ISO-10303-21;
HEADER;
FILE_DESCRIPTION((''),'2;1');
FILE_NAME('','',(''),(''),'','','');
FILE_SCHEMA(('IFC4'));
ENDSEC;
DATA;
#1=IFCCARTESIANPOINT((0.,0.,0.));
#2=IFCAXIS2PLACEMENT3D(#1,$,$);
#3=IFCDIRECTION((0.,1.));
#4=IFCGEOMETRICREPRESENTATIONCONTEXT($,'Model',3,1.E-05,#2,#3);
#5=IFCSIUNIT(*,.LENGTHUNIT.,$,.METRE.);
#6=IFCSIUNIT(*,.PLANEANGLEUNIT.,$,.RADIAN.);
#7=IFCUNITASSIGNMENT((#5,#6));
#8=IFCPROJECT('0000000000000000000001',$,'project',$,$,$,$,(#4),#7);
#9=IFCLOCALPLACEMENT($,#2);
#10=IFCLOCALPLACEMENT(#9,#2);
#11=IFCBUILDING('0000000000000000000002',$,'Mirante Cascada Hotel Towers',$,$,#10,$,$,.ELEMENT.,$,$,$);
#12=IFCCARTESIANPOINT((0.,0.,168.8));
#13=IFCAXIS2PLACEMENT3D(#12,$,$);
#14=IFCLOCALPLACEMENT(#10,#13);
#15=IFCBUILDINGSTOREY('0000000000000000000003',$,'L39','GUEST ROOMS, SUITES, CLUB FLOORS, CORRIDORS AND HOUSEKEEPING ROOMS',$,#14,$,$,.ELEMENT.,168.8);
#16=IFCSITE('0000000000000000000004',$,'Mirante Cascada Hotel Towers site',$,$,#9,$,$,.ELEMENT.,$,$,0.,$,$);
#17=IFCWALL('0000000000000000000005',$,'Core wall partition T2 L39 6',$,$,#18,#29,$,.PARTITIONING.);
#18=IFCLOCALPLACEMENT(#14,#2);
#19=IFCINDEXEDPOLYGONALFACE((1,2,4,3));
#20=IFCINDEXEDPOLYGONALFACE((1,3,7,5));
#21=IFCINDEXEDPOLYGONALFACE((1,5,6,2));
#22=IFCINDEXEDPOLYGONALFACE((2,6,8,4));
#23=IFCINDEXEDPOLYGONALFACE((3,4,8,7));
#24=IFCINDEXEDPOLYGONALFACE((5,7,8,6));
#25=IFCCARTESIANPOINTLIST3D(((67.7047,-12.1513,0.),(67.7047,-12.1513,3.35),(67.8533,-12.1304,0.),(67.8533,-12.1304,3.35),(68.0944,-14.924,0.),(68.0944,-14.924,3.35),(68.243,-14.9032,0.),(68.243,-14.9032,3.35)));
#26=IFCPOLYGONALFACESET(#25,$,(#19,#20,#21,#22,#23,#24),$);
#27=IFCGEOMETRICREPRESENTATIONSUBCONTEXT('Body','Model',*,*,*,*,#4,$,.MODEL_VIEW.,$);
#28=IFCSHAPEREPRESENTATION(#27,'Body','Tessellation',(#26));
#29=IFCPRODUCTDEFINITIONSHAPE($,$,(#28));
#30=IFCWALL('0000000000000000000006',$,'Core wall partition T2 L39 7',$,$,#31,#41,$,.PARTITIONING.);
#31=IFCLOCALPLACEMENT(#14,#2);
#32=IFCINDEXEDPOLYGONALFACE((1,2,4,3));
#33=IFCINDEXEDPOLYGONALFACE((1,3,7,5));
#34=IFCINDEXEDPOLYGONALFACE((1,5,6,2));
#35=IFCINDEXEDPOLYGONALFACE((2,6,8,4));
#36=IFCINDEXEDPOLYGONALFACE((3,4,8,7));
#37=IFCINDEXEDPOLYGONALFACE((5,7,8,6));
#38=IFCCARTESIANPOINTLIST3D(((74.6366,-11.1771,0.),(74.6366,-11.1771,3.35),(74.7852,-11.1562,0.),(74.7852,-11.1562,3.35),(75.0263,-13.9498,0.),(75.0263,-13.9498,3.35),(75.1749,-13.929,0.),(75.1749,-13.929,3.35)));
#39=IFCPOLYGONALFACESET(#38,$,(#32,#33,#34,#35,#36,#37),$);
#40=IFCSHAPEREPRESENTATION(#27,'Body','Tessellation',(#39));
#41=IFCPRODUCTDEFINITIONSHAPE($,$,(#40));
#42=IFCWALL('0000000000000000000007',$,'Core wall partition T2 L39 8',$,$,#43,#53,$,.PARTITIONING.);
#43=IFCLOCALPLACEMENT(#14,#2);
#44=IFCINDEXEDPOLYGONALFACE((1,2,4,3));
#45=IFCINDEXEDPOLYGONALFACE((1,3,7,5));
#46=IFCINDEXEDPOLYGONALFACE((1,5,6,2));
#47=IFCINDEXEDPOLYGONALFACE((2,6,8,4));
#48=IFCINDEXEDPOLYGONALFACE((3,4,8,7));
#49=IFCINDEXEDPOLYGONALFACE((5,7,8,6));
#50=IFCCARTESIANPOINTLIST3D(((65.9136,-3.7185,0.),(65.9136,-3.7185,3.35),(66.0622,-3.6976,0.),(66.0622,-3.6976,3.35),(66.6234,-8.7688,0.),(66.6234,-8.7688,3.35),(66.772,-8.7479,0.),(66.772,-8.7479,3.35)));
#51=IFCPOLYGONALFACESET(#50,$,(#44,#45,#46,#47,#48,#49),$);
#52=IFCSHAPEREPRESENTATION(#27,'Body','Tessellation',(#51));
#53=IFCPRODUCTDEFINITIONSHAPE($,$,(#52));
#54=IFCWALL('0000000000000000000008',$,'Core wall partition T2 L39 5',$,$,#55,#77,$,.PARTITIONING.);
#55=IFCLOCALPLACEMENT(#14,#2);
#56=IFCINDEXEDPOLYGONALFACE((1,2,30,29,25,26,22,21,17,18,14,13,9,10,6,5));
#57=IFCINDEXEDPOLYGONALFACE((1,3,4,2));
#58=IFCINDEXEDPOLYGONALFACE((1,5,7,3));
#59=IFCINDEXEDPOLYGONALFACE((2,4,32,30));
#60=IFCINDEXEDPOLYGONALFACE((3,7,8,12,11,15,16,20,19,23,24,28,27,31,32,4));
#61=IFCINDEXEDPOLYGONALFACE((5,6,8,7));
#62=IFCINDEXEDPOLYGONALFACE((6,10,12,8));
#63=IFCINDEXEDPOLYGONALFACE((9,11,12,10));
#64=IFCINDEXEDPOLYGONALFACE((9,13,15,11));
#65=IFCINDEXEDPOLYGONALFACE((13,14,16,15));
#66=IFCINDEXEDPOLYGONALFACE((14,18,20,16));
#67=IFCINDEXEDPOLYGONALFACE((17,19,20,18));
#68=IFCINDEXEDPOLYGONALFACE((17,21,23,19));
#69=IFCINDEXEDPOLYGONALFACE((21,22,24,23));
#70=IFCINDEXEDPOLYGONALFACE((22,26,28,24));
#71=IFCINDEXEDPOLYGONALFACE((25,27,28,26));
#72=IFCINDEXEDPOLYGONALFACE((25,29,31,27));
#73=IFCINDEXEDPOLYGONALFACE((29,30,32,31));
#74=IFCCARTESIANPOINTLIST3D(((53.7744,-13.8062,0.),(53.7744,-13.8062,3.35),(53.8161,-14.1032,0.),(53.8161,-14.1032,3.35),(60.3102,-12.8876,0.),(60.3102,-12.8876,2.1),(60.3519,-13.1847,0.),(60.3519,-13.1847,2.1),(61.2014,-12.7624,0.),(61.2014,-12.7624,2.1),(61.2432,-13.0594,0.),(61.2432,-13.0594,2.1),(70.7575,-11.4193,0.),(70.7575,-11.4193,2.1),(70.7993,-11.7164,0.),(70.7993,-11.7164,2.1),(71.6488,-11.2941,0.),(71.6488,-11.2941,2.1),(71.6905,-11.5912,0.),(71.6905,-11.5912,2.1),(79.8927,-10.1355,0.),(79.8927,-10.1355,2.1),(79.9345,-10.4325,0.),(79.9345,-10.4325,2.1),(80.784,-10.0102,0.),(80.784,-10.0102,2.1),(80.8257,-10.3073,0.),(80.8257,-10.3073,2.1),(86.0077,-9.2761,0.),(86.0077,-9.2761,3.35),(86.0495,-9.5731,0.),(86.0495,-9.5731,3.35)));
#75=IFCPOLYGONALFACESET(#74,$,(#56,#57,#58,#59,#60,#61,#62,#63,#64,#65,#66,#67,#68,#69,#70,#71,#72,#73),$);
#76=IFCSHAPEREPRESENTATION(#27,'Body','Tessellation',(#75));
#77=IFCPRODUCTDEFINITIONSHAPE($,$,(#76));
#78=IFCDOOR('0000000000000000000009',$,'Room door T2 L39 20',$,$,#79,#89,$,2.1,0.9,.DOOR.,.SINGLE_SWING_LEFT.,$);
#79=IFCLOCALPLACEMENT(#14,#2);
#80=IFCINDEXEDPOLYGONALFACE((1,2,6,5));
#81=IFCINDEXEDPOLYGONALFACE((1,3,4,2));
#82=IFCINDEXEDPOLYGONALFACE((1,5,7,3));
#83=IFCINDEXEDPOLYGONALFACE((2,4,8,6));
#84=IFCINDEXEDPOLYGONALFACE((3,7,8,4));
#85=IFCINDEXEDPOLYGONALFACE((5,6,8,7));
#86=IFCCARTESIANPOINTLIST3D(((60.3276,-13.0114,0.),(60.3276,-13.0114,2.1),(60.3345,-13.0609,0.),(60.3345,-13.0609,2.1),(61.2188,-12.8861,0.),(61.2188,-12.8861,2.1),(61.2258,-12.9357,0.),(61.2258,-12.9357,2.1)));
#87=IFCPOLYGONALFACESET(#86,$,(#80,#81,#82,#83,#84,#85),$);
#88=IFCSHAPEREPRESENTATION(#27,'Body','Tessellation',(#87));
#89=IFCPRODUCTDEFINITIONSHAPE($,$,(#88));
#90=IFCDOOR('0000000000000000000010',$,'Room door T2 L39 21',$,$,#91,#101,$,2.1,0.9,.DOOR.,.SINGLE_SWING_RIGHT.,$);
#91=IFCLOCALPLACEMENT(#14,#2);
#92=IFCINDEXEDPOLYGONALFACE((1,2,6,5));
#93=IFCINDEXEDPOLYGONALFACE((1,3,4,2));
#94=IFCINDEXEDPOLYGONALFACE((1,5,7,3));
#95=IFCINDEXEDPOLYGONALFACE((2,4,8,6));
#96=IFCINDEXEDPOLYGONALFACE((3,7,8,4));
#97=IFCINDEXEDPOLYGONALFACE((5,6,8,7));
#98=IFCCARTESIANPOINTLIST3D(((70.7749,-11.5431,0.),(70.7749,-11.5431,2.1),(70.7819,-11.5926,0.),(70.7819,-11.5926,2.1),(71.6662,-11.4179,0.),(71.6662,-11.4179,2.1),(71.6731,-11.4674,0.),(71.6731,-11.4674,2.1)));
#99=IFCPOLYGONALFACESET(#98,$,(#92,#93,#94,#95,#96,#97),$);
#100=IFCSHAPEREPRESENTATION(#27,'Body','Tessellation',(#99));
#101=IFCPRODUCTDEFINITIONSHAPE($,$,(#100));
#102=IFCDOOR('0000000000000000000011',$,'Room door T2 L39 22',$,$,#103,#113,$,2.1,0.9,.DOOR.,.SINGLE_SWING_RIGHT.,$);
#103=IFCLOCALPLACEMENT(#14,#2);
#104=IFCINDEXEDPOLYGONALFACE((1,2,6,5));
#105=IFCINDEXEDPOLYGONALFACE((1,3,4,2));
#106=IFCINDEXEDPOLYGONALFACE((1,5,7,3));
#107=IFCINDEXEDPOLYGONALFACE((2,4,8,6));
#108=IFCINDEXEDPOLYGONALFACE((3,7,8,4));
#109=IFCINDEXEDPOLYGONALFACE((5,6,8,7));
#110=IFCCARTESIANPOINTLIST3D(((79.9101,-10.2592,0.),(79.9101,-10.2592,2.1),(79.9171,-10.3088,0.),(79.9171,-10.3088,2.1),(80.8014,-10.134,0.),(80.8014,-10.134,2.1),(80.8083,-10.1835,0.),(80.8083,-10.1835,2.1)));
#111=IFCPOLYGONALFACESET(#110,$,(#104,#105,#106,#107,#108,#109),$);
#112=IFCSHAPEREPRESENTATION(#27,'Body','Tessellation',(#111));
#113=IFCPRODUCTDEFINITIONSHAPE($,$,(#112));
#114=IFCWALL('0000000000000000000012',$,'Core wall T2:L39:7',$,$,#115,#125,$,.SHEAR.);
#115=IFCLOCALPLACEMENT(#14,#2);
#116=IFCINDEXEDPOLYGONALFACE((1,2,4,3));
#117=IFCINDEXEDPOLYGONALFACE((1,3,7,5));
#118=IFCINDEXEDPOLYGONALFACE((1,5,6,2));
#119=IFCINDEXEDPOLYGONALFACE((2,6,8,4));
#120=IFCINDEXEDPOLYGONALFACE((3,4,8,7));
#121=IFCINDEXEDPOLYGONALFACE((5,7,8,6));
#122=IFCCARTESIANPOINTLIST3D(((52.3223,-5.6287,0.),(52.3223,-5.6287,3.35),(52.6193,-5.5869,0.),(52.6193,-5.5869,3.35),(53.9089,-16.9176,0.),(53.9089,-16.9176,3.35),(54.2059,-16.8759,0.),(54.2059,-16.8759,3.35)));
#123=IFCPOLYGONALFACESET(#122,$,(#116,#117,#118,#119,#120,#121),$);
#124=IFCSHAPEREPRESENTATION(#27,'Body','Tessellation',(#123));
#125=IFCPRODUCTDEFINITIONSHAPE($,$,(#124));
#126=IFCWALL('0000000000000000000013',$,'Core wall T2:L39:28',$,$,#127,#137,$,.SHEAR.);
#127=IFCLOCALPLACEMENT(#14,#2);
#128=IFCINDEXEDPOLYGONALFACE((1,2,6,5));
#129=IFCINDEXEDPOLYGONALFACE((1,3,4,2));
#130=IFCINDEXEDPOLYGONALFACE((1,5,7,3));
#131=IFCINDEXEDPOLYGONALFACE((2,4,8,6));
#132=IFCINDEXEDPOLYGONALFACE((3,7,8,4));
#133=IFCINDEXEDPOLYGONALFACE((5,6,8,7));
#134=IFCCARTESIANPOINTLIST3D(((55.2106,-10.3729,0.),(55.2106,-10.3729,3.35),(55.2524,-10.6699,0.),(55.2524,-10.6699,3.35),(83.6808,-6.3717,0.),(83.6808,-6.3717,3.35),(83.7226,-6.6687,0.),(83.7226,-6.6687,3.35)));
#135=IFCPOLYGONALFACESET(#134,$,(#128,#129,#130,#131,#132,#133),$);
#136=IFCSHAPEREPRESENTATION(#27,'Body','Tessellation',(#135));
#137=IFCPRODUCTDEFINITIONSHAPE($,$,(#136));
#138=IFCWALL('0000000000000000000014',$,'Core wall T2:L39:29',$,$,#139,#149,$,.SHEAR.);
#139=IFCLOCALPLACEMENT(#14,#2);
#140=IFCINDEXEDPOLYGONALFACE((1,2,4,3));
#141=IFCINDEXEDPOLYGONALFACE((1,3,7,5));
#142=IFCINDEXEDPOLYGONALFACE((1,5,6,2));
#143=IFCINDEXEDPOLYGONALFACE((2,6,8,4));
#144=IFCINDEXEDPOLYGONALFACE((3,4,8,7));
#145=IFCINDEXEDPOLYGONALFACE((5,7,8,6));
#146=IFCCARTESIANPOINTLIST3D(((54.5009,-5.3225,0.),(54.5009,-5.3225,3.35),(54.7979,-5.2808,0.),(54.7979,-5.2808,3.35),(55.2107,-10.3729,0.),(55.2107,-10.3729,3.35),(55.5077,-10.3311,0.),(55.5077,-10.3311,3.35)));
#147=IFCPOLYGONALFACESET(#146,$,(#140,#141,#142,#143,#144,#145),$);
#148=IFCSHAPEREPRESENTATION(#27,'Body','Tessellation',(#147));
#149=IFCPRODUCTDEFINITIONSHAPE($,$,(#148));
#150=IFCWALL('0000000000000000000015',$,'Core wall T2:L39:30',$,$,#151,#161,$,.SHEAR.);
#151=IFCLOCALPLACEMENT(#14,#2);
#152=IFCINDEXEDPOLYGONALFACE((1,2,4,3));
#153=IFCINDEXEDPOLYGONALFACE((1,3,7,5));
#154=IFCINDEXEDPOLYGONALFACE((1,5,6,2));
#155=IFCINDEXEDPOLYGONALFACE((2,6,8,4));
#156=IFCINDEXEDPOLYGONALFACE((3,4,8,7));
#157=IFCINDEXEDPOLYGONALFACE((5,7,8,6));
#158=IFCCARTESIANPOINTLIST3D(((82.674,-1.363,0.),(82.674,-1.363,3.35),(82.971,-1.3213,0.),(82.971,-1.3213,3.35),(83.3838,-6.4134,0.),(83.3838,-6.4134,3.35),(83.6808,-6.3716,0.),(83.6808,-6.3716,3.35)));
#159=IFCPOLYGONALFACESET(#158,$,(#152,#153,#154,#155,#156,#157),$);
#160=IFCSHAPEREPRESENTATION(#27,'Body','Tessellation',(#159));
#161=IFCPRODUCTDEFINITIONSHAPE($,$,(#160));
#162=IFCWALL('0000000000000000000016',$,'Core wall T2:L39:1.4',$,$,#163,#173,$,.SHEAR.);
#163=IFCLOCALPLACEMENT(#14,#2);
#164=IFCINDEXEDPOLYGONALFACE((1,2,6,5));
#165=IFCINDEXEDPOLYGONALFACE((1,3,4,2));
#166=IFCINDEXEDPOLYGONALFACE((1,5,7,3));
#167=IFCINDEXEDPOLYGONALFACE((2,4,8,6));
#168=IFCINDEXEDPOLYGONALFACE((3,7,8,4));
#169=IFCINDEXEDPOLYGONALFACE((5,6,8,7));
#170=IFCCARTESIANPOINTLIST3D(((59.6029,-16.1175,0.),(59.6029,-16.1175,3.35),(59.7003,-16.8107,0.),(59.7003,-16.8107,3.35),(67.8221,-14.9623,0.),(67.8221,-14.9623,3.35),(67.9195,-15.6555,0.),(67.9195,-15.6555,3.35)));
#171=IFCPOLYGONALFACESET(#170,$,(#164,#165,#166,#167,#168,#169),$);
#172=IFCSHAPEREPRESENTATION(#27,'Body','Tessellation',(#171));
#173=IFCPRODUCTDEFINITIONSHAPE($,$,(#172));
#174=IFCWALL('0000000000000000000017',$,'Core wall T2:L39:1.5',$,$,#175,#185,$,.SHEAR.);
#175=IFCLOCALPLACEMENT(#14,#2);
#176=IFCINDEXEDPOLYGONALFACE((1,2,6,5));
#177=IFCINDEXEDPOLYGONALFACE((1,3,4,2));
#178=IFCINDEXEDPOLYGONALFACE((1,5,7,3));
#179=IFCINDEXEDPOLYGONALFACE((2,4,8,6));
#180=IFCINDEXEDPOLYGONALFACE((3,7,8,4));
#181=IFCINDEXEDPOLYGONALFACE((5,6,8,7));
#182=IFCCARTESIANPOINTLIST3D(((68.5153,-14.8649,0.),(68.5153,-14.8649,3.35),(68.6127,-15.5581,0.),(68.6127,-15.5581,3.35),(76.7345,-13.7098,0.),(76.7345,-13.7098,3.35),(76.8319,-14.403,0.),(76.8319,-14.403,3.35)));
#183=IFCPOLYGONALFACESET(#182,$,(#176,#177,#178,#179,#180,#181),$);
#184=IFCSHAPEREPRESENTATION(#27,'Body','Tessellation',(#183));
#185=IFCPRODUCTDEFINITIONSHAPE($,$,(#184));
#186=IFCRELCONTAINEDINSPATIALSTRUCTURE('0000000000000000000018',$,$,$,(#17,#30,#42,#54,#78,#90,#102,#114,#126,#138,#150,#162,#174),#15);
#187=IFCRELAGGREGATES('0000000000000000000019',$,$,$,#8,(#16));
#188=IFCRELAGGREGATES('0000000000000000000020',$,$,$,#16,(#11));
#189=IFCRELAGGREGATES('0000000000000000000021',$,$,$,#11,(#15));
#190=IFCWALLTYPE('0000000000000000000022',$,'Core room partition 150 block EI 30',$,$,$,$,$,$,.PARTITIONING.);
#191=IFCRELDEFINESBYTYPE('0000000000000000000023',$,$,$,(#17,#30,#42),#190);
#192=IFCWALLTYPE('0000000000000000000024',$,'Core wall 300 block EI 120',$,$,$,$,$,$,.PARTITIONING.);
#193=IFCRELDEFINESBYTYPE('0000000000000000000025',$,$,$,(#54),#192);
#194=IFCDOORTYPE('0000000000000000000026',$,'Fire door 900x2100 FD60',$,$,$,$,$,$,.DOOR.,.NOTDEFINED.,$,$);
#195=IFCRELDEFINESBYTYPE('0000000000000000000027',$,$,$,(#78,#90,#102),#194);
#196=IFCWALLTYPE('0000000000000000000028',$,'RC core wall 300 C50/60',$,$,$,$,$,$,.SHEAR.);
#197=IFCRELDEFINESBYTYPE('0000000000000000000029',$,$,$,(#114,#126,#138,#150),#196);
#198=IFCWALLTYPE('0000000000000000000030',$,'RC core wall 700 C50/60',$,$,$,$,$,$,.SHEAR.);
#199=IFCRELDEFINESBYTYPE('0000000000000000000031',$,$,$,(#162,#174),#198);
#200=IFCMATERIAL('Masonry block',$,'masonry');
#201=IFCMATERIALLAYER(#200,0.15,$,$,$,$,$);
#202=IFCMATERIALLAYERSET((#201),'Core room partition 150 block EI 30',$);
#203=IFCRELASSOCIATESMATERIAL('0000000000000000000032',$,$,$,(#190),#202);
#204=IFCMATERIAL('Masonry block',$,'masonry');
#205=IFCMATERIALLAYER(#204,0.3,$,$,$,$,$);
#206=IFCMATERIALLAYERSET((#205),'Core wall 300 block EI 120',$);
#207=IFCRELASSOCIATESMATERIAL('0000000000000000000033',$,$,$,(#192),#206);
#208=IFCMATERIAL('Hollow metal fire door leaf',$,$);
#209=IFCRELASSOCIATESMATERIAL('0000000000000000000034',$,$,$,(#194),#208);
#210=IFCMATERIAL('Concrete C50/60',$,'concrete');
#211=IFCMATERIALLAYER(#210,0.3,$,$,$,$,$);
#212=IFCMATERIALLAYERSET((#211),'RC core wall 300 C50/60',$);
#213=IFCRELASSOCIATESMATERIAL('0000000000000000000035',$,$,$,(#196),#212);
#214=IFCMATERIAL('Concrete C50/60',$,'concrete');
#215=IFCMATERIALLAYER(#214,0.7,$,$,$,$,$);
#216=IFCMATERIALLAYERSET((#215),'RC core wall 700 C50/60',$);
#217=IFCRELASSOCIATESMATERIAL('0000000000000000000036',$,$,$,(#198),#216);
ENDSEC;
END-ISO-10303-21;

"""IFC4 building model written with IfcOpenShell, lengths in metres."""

from ifc_helpers import new_model, si_unit, direction, frame, frame_2d, origin, place, context, subcontext, project, spatial, rectangle, extrude, material, layer, layer_set, type_object, element, fill, save


model = new_model("IFC4")

# Units and contexts
model_context = context("Model", 3, precision=1e-05, world=origin(), true_north=direction((0.0, 1.0)))
body_context = subcontext(model_context, "Body", "Model", "MODEL_VIEW")
ifc_project = project(units=[si_unit("LENGTHUNIT", "METRE"), si_unit("PLANEANGLEUNIT", "RADIAN")], contexts=[model_context])

# Site, building, storey
site_placement = place(None, origin())
site = spatial("IfcSite", under=ifc_project, at=site_placement, Name="Mirante Cascada Hotel Towers site", CompositionType="ELEMENT", RefElevation=0.0)
building_placement = place(site_placement, origin())
building = spatial("IfcBuilding", under=site, at=building_placement, Name="Mirante Cascada Hotel Towers", CompositionType="ELEMENT")
storey_placement = place(building_placement, frame((0.0, 0.0, 168.8)))
storey = spatial("IfcBuildingStorey", under=building, at=storey_placement, Name="L39", Description="GUEST ROOMS, SUITES, CLUB FLOORS, CORRIDORS AND HOUSEKEEPING ROOMS", CompositionType="ELEMENT", Elevation=168.8)

# Walls
ifc_material_1 = material(Name="Masonry block", Category="masonry")
ifc_layer_1 = layer(ifc_material_1, 0.15)
ifc_layer_set_1 = layer_set([ifc_layer_1], Name="Core room partition 150 block EI 30")
wall_type_1 = type_object("IfcWallType", Name="Core room partition 150 block EI 30", PredefinedType="PARTITIONING", material=ifc_layer_set_1)
for number, where, z_axis, x_axis, name in (
    (1, (68.1687, -14.9136, 0.0), (0.0, 0.0, 1.0), (-0.139181, 0.990267, 0.0), "Core wall partition T2 L39 6"),
    (2, (75.1006, -13.9394, 0.0), (0.0, 0.0, 1.0), (-0.139181, 0.990267, 0.0), "Core wall partition T2 L39 7"),
):
    element("IfcWall", number, at=place(storey_placement, frame(where, z_axis=z_axis, x_axis=x_axis)), inside=storey, type_object=wall_type_1, Name=name, PredefinedType="PARTITIONING", context=body_context, shape_type="SweptSolid", body=[
        extrude(rectangle(XDim=2.8, YDim=0.15, at=frame_2d((1.4, 0.0))), origin(), (0.0, 0.0, 1.0), 3.35),
    ])
wall_1_placement = place(storey_placement, frame((66.6977, -8.7584, 0.0), z_axis=(0.0, 0.0, 1.0), x_axis=(-0.139178, 0.990267, 0.0)))
element("IfcWall", 3, at=wall_1_placement, inside=storey, type_object=wall_type_1, Name="Core wall partition T2 L39 8", PredefinedType="PARTITIONING", context=body_context, shape_type="SweptSolid", body=[
    extrude(rectangle(XDim=5.0999, YDim=0.15, at=frame_2d((2.55, 0.0))), origin(), (0.0, 0.0, 1.0), 3.35),
])

# Wall, openings, doors
ifc_material_2 = material(Name="Masonry block", Category="masonry")
ifc_layer_2 = layer(ifc_material_2, 0.3)
ifc_layer_set_2 = layer_set([ifc_layer_2], Name="Core wall 300 block EI 120")
wall_type_2 = type_object("IfcWallType", Name="Core wall 300 block EI 120", PredefinedType="PARTITIONING", material=ifc_layer_set_2)
wall_2_placement = place(storey_placement, frame((53.7953, -13.9547, 0.0), z_axis=(0.0, 0.0, 1.0), x_axis=(0.990268, 0.139173, 0.0)))
wall_2 = element("IfcWall", 4, at=wall_2_placement, inside=storey, type_object=wall_type_2, Name="Core wall partition T2 L39 5", PredefinedType="PARTITIONING", context=body_context, shape_type="SweptSolid", body=[
    extrude(rectangle(XDim=32.5501, YDim=0.3, at=frame_2d((16.275, 0.0))), origin(), (0.0, 0.0, 1.0), 3.35),
])
opening_1_placement = place(wall_2_placement, frame((6.6, 0.0, 0.0)))
opening_1 = element("IfcOpeningElement", 5, at=opening_1_placement, cuts=wall_2, PredefinedType="OPENING", context=body_context, shape_type="SweptSolid", body=[
    extrude(rectangle(XDim=0.9, YDim=2.1, at=frame_2d((0.45, 1.05))), frame((0.0, 0.15, 0.0), z_axis=(0.0, -1.0, 0.0), x_axis=(1.0, 0.0, 0.0)), (0.0, 0.0, 1.0), 0.3),
])
opening_2_placement = place(wall_2_placement, frame((17.15, 0.0, 0.0)))
opening_2 = element("IfcOpeningElement", 6, at=opening_2_placement, cuts=wall_2, PredefinedType="OPENING", context=body_context, shape_type="SweptSolid", body=[
    extrude(rectangle(XDim=0.9, YDim=2.1, at=frame_2d((0.45, 1.05))), frame((0.0, 0.15, 0.0), z_axis=(0.0, -1.0, 0.0), x_axis=(1.0, 0.0, 0.0)), (0.0, 0.0, 1.0), 0.3),
])
opening_3_placement = place(wall_2_placement, frame((26.375, 0.0, 0.0)))
opening_3 = element("IfcOpeningElement", 7, at=opening_3_placement, cuts=wall_2, PredefinedType="OPENING", context=body_context, shape_type="SweptSolid", body=[
    extrude(rectangle(XDim=0.9, YDim=2.1, at=frame_2d((0.45, 1.05))), frame((0.0, 0.15, 0.0), z_axis=(0.0, -1.0, 0.0), x_axis=(1.0, 0.0, 0.0)), (0.0, 0.0, 1.0), 0.3),
])
ifc_material_3 = material(Name="Hollow metal fire door leaf")
door_type_1 = type_object("IfcDoorType", Name="Fire door 900x2100 FD60", OperationType="NOTDEFINED", PredefinedType="DOOR", material=ifc_material_3)
door_1_placement = place(opening_1_placement, frame((0.9, 0.0, 0.0), z_axis=(0.0, 0.0, 1.0), x_axis=(-1.0, 0.0, 0.0)))
door_1 = element("IfcDoor", 8, at=door_1_placement, inside=storey, type_object=door_type_1, Name="Room door T2 L39 20", OperationType="SINGLE_SWING_LEFT", OverallHeight=2.1, OverallWidth=0.9, PredefinedType="DOOR", context=body_context, shape_type="SweptSolid", body=[
    extrude(rectangle(XDim=0.9, YDim=2.1, at=frame_2d((0.45, 1.05))), frame((0.0, 0.025, 0.0), z_axis=(0.0, -1.0, 0.0), x_axis=(1.0, 0.0, 0.0)), (0.0, 0.0, 1.0), 0.05),
])
fill(opening_1, door_1)
door_2_placement = place(opening_2_placement, frame((0.9, 0.0, 0.0), z_axis=(0.0, 0.0, 1.0), x_axis=(-1.0, 0.0, 0.0)))
door_2 = element("IfcDoor", 9, at=door_2_placement, inside=storey, type_object=door_type_1, Name="Room door T2 L39 21", OperationType="SINGLE_SWING_RIGHT", OverallHeight=2.1, OverallWidth=0.9, PredefinedType="DOOR", context=body_context, shape_type="SweptSolid", body=[
    extrude(rectangle(XDim=0.9, YDim=2.1, at=frame_2d((0.45, 1.05))), frame((0.0, 0.025, 0.0), z_axis=(0.0, -1.0, 0.0), x_axis=(1.0, 0.0, 0.0)), (0.0, 0.0, 1.0), 0.05),
])
fill(opening_2, door_2)
door_3_placement = place(opening_3_placement, frame((0.9, 0.0, 0.0), z_axis=(0.0, 0.0, 1.0), x_axis=(-1.0, 0.0, 0.0)))
door_3 = element("IfcDoor", 10, at=door_3_placement, inside=storey, type_object=door_type_1, Name="Room door T2 L39 22", OperationType="SINGLE_SWING_RIGHT", OverallHeight=2.1, OverallWidth=0.9, PredefinedType="DOOR", context=body_context, shape_type="SweptSolid", body=[
    extrude(rectangle(XDim=0.9, YDim=2.1, at=frame_2d((0.45, 1.05))), frame((0.0, 0.025, 0.0), z_axis=(0.0, -1.0, 0.0), x_axis=(1.0, 0.0, 0.0)), (0.0, 0.0, 1.0), 0.05),
])
fill(opening_3, door_3)

# Walls
ifc_material_4 = material(Name="Concrete C50/60", Category="concrete")
ifc_layer_3 = layer(ifc_material_4, 0.3)
ifc_layer_set_3 = layer_set([ifc_layer_3], Name="RC core wall 300 C50/60")
wall_type_3 = type_object("IfcWallType", Name="RC core wall 300 C50/60", PredefinedType="SHEAR", material=ifc_layer_set_3)
wall_3_placement = place(storey_placement, frame((54.0574, -16.8968, 0.0), z_axis=(0.0, 0.0, 1.0), x_axis=(-0.139176, 0.990268, 0.0)))
element("IfcWall", 11, at=wall_3_placement, inside=storey, type_object=wall_type_3, Name="Core wall T2:L39:7", PredefinedType="SHEAR", context=body_context, shape_type="SweptSolid", body=[
    extrude(rectangle(XDim=11.3999, YDim=0.3, at=frame_2d((5.7, 0.0))), origin(), (0.0, 0.0, 1.0), 3.35),
])
wall_4_placement = place(storey_placement, frame((55.2315, -10.5214, 0.0), z_axis=(0.0, 0.0, 1.0), x_axis=(0.990268, 0.139172, 0.0)))
element("IfcWall", 12, at=wall_4_placement, inside=storey, type_object=wall_type_3, Name="Core wall T2:L39:28", PredefinedType="SHEAR", context=body_context, shape_type="SweptSolid", body=[
    extrude(rectangle(XDim=28.75, YDim=0.3, at=frame_2d((14.375, 0.0))), origin(), (0.0, 0.0, 1.0), 3.35),
])
for number, where, z_axis, x_axis, name in (
    (13, (55.3592, -10.352, 0.0), (0.0, 0.0, 1.0), (-0.139176, 0.990268, 0.0), "Core wall T2:L39:29"),
    (14, (83.5323, -6.3925, 0.0), (0.0, 0.0, 1.0), (-0.139176, 0.990268, 0.0), "Core wall T2:L39:30"),
):
    element("IfcWall", number, at=place(storey_placement, frame(where, z_axis=z_axis, x_axis=x_axis)), inside=storey, type_object=wall_type_3, Name=name, PredefinedType="SHEAR", context=body_context, shape_type="SweptSolid", body=[
        extrude(rectangle(XDim=5.1, YDim=0.3, at=frame_2d((2.55, 0.0))), origin(), (0.0, 0.0, 1.0), 3.35),
    ])
ifc_material_5 = material(Name="Concrete C50/60", Category="concrete")
ifc_layer_4 = layer(ifc_material_5, 0.7)
ifc_layer_set_4 = layer_set([ifc_layer_4], Name="RC core wall 700 C50/60")
wall_type_4 = type_object("IfcWallType", Name="RC core wall 700 C50/60", PredefinedType="SHEAR", material=ifc_layer_set_4)
for number, where, z_axis, x_axis, name in (
    (15, (59.6516, -16.4641, 0.0), (0.0, 0.0, 1.0), (0.990267, 0.139181, 0.0), "Core wall T2:L39:1.4"),
    (16, (68.564, -15.2115, 0.0), (0.0, 0.0, 1.0), (0.990269, 0.139169, 0.0), "Core wall T2:L39:1.5"),
):
    element("IfcWall", number, at=place(storey_placement, frame(where, z_axis=z_axis, x_axis=x_axis)), inside=storey, type_object=wall_type_4, Name=name, PredefinedType="SHEAR", context=body_context, shape_type="SweptSolid", body=[
        extrude(rectangle(XDim=8.3, YDim=0.7, at=frame_2d((4.15, 0.0))), origin(), (0.0, 0.0, 1.0), 3.35),
    ])

save(model, "model.ifc")
